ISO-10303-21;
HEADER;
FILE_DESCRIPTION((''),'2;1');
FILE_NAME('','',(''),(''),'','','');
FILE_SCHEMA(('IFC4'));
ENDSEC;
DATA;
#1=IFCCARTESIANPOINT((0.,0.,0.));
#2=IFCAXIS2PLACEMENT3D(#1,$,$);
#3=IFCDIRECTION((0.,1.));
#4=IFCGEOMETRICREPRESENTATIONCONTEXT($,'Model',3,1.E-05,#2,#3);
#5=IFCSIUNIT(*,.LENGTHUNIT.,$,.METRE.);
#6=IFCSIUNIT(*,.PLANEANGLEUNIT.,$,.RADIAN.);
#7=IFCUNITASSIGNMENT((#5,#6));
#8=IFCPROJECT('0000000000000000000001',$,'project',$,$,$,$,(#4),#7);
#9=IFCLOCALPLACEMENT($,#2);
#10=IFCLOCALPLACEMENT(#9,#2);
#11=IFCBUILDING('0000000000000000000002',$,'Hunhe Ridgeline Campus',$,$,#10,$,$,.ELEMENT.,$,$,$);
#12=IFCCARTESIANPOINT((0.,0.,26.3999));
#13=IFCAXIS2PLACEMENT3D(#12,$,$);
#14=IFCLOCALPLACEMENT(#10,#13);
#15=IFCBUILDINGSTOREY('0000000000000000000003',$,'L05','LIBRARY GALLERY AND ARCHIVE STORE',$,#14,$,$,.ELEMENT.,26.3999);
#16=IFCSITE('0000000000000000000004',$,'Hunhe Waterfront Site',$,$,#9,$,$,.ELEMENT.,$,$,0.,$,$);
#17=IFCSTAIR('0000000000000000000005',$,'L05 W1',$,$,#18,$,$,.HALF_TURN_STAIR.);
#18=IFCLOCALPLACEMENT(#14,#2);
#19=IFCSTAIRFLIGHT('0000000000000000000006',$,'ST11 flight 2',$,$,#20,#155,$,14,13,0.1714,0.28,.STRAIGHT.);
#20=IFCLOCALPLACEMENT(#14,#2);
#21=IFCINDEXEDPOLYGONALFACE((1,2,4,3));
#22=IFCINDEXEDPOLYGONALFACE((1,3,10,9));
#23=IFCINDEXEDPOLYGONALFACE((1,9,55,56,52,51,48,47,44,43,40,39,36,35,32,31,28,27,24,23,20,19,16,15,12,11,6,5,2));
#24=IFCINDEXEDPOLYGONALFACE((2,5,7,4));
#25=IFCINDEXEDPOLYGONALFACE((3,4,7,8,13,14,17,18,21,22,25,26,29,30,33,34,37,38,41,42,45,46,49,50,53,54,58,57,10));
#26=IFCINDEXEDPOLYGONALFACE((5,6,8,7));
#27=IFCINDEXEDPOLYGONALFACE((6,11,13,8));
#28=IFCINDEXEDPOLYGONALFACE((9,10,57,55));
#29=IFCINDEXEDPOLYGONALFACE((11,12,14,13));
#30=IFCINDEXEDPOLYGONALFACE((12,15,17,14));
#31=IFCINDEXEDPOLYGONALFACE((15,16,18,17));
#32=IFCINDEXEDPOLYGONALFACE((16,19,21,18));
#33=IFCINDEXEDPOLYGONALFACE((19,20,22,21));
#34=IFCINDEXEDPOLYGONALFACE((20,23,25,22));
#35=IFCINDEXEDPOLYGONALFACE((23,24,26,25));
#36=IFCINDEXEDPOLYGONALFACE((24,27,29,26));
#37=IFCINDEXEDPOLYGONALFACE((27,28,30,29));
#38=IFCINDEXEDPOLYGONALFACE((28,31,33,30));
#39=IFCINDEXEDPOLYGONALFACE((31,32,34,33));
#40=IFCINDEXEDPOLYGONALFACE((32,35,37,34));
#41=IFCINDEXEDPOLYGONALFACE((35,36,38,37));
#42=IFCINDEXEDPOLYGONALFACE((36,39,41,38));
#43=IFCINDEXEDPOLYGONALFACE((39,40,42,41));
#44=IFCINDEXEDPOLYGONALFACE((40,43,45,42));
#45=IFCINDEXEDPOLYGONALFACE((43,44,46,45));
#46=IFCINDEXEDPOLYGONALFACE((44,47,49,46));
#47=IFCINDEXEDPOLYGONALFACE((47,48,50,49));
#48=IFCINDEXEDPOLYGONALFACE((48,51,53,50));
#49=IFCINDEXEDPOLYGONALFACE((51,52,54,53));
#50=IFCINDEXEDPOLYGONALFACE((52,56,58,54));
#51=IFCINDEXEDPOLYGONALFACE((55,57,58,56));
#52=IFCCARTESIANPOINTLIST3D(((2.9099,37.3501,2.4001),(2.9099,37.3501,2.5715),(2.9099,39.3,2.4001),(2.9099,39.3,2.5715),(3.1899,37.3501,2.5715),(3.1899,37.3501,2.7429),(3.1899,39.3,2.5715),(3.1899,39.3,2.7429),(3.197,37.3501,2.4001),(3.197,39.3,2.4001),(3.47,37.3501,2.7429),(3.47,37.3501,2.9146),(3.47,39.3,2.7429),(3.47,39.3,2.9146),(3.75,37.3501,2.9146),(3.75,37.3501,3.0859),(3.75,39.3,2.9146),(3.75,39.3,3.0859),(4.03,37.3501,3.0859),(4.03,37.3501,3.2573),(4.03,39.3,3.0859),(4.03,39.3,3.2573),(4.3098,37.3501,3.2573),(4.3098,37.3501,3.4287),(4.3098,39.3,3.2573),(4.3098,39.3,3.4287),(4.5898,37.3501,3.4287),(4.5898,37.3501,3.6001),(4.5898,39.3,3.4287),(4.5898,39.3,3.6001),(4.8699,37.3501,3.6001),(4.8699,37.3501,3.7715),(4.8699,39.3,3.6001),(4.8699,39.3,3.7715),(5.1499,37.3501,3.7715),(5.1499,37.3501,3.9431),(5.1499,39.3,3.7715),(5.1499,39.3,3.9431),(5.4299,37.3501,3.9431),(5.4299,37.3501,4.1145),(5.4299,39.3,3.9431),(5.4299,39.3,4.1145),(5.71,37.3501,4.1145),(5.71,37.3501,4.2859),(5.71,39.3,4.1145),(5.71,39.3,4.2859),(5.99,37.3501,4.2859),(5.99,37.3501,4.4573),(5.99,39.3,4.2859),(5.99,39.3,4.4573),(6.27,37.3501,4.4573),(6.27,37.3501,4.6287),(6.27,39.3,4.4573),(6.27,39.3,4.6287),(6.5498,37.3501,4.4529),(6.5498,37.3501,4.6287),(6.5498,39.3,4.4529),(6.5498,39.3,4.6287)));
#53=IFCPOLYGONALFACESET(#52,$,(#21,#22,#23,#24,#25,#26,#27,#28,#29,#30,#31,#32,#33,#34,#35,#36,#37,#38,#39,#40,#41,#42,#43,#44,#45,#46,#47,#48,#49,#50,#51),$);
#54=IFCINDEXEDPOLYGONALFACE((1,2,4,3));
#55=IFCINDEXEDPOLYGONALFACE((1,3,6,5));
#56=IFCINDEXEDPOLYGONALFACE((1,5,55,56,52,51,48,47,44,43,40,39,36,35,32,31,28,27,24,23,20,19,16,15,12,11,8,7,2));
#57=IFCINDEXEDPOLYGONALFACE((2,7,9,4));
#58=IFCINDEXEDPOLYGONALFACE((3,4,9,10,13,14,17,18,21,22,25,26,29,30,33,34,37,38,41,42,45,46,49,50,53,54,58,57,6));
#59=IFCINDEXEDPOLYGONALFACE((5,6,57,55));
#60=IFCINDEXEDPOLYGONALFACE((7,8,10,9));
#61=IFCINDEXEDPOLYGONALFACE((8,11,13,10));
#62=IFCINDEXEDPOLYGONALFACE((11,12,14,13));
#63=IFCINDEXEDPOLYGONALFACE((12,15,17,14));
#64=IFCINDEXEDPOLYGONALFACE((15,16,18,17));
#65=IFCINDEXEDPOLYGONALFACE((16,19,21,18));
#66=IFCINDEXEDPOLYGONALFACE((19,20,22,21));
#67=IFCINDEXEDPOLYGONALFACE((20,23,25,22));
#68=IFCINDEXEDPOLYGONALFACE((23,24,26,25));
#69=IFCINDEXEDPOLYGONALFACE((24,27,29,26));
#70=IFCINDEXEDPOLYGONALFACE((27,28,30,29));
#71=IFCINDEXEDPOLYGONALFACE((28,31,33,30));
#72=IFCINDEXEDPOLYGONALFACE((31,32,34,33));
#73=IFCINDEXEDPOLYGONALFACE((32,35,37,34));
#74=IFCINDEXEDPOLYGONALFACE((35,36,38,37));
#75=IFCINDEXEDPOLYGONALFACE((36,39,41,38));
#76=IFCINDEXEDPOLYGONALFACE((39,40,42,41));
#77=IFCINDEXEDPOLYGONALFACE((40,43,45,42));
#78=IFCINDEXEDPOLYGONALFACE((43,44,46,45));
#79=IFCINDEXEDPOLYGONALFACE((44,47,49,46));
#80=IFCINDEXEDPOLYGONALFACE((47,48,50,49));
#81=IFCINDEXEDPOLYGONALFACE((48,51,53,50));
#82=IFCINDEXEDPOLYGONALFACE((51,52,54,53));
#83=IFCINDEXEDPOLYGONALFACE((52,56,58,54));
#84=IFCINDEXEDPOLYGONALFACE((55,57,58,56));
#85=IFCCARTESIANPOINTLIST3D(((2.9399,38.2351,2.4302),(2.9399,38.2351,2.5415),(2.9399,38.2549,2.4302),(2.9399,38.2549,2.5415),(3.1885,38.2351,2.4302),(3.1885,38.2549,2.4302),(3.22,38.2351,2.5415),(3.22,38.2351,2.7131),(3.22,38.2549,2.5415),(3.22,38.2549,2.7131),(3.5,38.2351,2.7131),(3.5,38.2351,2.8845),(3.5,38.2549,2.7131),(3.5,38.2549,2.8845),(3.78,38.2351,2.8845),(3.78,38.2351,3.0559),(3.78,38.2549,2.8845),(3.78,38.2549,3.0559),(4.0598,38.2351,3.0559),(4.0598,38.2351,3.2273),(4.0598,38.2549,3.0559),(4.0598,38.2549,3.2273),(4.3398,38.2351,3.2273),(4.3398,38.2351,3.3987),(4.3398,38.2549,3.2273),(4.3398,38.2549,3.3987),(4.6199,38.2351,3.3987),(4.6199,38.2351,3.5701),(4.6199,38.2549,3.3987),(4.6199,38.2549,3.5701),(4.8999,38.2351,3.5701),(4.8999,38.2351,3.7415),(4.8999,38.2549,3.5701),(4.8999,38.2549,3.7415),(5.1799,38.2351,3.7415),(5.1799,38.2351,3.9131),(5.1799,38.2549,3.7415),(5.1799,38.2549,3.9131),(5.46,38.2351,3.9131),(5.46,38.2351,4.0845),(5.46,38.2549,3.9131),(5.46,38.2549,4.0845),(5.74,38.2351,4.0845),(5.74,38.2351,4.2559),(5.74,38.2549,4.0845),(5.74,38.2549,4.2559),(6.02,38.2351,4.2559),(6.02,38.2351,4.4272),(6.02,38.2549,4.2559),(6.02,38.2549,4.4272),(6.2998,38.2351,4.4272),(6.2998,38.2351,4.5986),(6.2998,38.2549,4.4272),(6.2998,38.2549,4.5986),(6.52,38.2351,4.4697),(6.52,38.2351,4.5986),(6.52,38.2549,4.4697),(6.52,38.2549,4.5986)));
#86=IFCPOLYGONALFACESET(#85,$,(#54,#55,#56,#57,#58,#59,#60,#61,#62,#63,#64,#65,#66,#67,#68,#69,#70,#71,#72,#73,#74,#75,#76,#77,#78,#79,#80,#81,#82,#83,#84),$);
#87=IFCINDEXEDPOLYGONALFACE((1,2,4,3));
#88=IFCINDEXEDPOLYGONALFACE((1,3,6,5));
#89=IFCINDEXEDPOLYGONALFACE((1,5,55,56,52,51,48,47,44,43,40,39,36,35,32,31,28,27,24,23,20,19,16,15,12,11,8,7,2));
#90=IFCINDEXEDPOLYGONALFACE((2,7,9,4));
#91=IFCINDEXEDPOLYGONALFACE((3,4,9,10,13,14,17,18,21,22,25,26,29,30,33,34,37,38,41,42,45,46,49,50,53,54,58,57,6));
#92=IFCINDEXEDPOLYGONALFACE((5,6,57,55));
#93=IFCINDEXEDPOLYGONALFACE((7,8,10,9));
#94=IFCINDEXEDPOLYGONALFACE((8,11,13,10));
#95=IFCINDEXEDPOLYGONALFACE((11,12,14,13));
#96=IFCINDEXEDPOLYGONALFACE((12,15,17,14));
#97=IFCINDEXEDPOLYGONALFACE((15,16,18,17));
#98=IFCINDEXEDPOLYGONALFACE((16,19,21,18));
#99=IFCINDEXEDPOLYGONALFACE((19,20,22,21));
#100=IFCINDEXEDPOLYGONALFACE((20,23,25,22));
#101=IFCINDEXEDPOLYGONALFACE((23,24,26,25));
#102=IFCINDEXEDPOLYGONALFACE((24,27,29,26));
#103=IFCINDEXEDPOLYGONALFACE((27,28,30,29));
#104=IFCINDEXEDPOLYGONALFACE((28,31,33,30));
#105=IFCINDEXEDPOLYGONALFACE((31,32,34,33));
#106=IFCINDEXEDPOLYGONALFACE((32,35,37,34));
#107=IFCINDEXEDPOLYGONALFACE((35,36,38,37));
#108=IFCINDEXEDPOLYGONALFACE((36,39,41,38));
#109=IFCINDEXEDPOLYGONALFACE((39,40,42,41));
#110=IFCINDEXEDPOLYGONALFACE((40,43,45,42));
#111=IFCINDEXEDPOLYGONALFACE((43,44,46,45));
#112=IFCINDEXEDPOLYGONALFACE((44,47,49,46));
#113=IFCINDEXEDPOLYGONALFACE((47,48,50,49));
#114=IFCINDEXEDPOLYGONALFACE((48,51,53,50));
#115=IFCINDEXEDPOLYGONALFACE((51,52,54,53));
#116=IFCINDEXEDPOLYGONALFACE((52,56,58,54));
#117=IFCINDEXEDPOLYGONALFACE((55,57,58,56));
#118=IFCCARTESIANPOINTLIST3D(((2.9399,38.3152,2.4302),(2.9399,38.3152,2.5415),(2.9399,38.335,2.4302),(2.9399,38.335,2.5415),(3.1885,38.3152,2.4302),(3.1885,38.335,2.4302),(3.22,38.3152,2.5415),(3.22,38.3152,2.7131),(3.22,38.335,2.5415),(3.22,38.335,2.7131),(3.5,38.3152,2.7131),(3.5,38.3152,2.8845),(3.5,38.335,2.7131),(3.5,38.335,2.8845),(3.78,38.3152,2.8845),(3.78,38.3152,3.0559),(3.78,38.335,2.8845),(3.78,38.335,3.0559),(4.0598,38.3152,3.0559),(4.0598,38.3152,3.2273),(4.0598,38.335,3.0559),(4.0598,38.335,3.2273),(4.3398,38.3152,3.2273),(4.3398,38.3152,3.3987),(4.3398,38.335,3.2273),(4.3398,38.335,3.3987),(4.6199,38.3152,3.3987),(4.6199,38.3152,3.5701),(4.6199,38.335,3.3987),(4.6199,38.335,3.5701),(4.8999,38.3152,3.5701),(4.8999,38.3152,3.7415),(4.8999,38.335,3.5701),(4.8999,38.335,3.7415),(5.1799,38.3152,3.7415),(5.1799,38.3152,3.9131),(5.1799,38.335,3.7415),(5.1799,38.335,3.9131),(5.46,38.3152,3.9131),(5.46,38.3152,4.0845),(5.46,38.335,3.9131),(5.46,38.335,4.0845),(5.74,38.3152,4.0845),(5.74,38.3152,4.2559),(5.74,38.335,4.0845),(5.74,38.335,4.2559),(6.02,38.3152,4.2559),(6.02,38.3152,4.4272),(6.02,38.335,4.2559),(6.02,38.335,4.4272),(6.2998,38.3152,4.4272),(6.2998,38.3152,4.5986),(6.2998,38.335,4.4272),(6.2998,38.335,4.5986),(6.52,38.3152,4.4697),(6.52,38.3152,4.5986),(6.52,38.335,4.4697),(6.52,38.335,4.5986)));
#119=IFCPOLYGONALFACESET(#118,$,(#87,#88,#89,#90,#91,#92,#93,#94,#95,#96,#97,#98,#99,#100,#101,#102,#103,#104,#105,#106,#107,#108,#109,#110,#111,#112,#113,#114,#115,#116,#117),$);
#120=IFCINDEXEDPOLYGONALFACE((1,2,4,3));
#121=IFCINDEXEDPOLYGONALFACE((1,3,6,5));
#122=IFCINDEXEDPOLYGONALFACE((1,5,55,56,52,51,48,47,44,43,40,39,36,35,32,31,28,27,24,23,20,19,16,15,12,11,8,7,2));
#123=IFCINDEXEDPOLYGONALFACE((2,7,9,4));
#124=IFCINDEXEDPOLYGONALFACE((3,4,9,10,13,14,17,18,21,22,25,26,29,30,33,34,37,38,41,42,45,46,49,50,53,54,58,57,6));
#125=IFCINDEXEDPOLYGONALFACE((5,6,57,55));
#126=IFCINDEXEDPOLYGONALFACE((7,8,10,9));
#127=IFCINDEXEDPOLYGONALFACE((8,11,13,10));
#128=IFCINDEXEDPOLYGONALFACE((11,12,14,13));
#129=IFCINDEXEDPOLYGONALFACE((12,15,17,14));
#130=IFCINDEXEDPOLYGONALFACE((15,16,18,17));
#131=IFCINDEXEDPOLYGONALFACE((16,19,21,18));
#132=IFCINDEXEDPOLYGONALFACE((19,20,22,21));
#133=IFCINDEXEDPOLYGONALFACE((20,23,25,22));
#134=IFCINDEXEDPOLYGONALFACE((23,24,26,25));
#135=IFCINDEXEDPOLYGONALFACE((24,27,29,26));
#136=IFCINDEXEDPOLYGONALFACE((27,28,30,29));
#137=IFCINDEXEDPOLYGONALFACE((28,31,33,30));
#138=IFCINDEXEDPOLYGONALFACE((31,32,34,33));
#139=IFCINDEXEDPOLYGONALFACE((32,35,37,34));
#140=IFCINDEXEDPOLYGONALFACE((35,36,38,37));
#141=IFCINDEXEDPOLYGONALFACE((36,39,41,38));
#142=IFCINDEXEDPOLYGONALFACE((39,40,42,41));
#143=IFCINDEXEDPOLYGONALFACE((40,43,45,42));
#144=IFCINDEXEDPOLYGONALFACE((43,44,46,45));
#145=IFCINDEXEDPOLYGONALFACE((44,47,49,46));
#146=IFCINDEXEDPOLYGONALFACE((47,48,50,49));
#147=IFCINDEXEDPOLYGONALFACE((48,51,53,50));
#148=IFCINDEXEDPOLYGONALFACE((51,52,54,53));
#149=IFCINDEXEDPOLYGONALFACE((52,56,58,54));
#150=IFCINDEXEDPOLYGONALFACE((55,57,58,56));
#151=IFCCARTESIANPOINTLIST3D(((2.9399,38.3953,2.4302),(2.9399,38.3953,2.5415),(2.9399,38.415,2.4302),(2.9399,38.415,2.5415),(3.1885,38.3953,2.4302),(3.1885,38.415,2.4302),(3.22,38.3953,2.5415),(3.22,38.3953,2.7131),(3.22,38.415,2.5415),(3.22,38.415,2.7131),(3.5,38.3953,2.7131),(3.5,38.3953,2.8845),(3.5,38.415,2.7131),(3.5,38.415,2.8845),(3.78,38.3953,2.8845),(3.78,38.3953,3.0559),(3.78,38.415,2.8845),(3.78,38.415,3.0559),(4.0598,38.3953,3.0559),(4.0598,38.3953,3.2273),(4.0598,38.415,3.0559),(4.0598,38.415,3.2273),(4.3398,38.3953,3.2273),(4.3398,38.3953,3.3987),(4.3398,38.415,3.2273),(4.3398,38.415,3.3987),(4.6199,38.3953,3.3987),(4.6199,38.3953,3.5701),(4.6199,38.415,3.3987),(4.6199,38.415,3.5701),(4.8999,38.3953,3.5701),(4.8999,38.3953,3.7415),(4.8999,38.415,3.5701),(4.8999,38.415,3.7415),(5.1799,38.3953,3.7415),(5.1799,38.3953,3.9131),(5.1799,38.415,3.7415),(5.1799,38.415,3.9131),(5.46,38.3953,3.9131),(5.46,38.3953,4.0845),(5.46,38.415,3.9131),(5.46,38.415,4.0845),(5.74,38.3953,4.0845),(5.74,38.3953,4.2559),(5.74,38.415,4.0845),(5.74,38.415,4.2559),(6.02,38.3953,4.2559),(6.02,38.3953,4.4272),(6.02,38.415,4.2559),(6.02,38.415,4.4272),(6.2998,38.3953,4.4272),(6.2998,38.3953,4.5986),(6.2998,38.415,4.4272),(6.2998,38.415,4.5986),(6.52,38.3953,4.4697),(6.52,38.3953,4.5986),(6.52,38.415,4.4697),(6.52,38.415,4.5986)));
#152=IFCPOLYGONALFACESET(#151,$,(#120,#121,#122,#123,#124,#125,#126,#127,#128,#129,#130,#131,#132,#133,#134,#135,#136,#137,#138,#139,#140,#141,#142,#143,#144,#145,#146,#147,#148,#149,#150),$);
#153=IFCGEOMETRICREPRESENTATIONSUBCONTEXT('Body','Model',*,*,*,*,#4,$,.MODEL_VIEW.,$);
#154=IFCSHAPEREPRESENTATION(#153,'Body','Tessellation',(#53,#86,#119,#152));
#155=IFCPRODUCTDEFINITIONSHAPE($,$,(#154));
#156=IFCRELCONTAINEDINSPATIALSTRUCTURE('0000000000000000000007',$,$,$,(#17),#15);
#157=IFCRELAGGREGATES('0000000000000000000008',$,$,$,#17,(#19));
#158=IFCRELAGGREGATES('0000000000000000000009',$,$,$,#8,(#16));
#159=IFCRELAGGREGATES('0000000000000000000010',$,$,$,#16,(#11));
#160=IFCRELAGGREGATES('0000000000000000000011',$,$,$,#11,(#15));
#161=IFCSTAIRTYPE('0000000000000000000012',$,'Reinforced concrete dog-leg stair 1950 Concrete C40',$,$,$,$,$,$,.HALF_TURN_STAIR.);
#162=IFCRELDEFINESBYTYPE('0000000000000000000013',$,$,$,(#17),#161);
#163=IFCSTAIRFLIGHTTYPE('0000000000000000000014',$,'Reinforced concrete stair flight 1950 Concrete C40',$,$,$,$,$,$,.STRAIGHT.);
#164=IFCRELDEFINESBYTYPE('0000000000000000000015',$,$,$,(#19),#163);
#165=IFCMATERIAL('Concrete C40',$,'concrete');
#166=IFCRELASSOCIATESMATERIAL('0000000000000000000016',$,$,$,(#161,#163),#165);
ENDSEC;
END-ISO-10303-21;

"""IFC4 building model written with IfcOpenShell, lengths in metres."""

from ifc_helpers import new_model, si_unit, direction, frame, origin, place, context, subcontext, project, spatial, polyline, outline, extrude, material, type_object, element, aggregate, save


model = new_model("IFC4")

# Units and contexts
model_context = context("Model", 3, precision=1e-05, world=origin(), true_north=direction((0.0, 1.0)))
body_context = subcontext(model_context, "Body", "Model", "MODEL_VIEW")
ifc_project = project(units=[si_unit("LENGTHUNIT", "METRE"), si_unit("PLANEANGLEUNIT", "RADIAN")], contexts=[model_context])

# Site, building, storey
site_placement = place(None, origin())
site = spatial("IfcSite", under=ifc_project, at=site_placement, Name="Hunhe Waterfront Site", CompositionType="ELEMENT", RefElevation=0.0)
building_placement = place(site_placement, origin())
building = spatial("IfcBuilding", under=site, at=building_placement, Name="Hunhe Ridgeline Campus", CompositionType="ELEMENT")
storey_placement = place(building_placement, frame((0.0, 0.0, 26.3999)))
storey = spatial("IfcBuildingStorey", under=building, at=storey_placement, Name="L05", Description="LIBRARY GALLERY AND ARCHIVE STORE", CompositionType="ELEMENT", Elevation=26.3999)

# Stair, stair flight
ifc_material_1 = material(Name="Concrete C40", Category="concrete")
stair_type = type_object("IfcStairType", Name="Reinforced concrete dog-leg stair 1950 Concrete C40", PredefinedType="HALF_TURN_STAIR", material=ifc_material_1)
stair_placement = place(storey_placement, origin())
stair = element("IfcStair", 1, at=stair_placement, inside=storey, type_object=stair_type, Name="L05 W1", PredefinedType="HALF_TURN_STAIR")
stair_flight_type = type_object("IfcStairFlightType", Name="Reinforced concrete stair flight 1950 Concrete C40", PredefinedType="STRAIGHT", material=ifc_material_1)
stair_flight_1_placement = place(storey_placement, frame((2.9099, 38.325, 2.4001), z_axis=(0.0, 0.0, 1.0), x_axis=(1.0, 0.0, 0.0)))
stair_flight_1 = element("IfcStairFlight", 2, at=stair_flight_1_placement, type_object=stair_flight_type, Name="ST11 flight 2", NumberOfRisers=14, NumberOfTreads=13, PredefinedType="STRAIGHT", RiserHeight=0.1714, TreadLength=0.28, context=body_context, shape_type="SweptSolid", body=[
    extrude(outline(polyline([(0.0, 0.0), (0.0, 0.1714), (0.28, 0.1714), (0.28, 0.3428), (0.5601, 0.3428), (0.5601, 0.5144), (0.8401, 0.5144), (0.8401, 0.6858), (1.1201, 0.6858), (1.1201, 0.8572), (1.3999, 0.8572), (1.3999, 1.0286), (1.6799, 1.0286), (1.6799, 1.2), (1.96, 1.2), (1.96, 1.3713), (2.24, 1.3713), (2.24, 1.543), (2.52, 1.543), (2.52, 1.7144), (2.8, 1.7144), (2.8, 1.8857), (3.0801, 1.8857), (3.0801, 2.0571), (3.3601, 2.0571), (3.3601, 2.2285), (3.6399, 2.2285), (3.6399, 2.3999), (3.6399, 2.0527), (0.2871, 0.0), (0.0, 0.0)])), frame((0.0, 0.9751, 0.0), z_axis=(0.0, -1.0, 0.0), x_axis=(1.0, 0.0, 0.0)), (0.0, 0.0, 1.0), 1.95),
    extrude(outline(polyline([(0.03, 0.03), (0.03, 0.1414), (0.3101, 0.1414), (0.3101, 0.313), (0.5901, 0.313), (0.5901, 0.4844), (0.8701, 0.4844), (0.8701, 0.6558), (1.1499, 0.6558), (1.1499, 0.8271), (1.4299, 0.8271), (1.4299, 0.9985), (1.71, 0.9985), (1.71, 1.1699), (1.99, 1.1699), (1.99, 1.3413), (2.27, 1.3413), (2.27, 1.5129), (2.55, 1.5129), (2.55, 1.6843), (2.8301, 1.6843), (2.8301, 1.8557), (3.1101, 1.8557), (3.1101, 2.0271), (3.3899, 2.0271), (3.3899, 2.1985), (3.6101, 2.1985), (3.6101, 2.0696), (0.2786, 0.03), (0.03, 0.03)])), frame((0.0, -0.0701, 0.0), z_axis=(0.0, -1.0, 0.0), x_axis=(1.0, 0.0, 0.0)), (0.0, 0.0, 1.0), 0.0198),
    extrude(outline(polyline([(0.03, 0.03), (0.03, 0.1414), (0.3101, 0.1414), (0.3101, 0.313), (0.5901, 0.313), (0.5901, 0.4844), (0.8701, 0.4844), (0.8701, 0.6558), (1.1499, 0.6558), (1.1499, 0.8271), (1.4299, 0.8271), (1.4299, 0.9985), (1.71, 0.9985), (1.71, 1.1699), (1.99, 1.1699), (1.99, 1.3413), (2.27, 1.3413), (2.27, 1.5129), (2.55, 1.5129), (2.55, 1.6843), (2.8301, 1.6843), (2.8301, 1.8557), (3.1101, 1.8557), (3.1101, 2.0271), (3.3899, 2.0271), (3.3899, 2.1985), (3.6101, 2.1985), (3.6101, 2.0696), (0.2786, 0.03), (0.03, 0.03)])), frame((0.0, 0.01, 0.0), z_axis=(0.0, -1.0, 0.0), x_axis=(1.0, 0.0, 0.0)), (0.0, 0.0, 1.0), 0.0198),
    extrude(outline(polyline([(0.03, 0.03), (0.03, 0.1414), (0.3101, 0.1414), (0.3101, 0.313), (0.5901, 0.313), (0.5901, 0.4844), (0.8701, 0.4844), (0.8701, 0.6558), (1.1499, 0.6558), (1.1499, 0.8271), (1.4299, 0.8271), (1.4299, 0.9985), (1.71, 0.9985), (1.71, 1.1699), (1.99, 1.1699), (1.99, 1.3413), (2.27, 1.3413), (2.27, 1.5129), (2.55, 1.5129), (2.55, 1.6843), (2.8301, 1.6843), (2.8301, 1.8557), (3.1101, 1.8557), (3.1101, 2.0271), (3.3899, 2.0271), (3.3899, 2.1985), (3.6101, 2.1985), (3.6101, 2.0696), (0.2786, 0.03), (0.03, 0.03)])), frame((0.0, 0.0901, 0.0), z_axis=(0.0, -1.0, 0.0), x_axis=(1.0, 0.0, 0.0)), (0.0, 0.0, 1.0), 0.0198),
])
aggregate(stair, [stair_flight_1])

save(model, "model.ifc")
